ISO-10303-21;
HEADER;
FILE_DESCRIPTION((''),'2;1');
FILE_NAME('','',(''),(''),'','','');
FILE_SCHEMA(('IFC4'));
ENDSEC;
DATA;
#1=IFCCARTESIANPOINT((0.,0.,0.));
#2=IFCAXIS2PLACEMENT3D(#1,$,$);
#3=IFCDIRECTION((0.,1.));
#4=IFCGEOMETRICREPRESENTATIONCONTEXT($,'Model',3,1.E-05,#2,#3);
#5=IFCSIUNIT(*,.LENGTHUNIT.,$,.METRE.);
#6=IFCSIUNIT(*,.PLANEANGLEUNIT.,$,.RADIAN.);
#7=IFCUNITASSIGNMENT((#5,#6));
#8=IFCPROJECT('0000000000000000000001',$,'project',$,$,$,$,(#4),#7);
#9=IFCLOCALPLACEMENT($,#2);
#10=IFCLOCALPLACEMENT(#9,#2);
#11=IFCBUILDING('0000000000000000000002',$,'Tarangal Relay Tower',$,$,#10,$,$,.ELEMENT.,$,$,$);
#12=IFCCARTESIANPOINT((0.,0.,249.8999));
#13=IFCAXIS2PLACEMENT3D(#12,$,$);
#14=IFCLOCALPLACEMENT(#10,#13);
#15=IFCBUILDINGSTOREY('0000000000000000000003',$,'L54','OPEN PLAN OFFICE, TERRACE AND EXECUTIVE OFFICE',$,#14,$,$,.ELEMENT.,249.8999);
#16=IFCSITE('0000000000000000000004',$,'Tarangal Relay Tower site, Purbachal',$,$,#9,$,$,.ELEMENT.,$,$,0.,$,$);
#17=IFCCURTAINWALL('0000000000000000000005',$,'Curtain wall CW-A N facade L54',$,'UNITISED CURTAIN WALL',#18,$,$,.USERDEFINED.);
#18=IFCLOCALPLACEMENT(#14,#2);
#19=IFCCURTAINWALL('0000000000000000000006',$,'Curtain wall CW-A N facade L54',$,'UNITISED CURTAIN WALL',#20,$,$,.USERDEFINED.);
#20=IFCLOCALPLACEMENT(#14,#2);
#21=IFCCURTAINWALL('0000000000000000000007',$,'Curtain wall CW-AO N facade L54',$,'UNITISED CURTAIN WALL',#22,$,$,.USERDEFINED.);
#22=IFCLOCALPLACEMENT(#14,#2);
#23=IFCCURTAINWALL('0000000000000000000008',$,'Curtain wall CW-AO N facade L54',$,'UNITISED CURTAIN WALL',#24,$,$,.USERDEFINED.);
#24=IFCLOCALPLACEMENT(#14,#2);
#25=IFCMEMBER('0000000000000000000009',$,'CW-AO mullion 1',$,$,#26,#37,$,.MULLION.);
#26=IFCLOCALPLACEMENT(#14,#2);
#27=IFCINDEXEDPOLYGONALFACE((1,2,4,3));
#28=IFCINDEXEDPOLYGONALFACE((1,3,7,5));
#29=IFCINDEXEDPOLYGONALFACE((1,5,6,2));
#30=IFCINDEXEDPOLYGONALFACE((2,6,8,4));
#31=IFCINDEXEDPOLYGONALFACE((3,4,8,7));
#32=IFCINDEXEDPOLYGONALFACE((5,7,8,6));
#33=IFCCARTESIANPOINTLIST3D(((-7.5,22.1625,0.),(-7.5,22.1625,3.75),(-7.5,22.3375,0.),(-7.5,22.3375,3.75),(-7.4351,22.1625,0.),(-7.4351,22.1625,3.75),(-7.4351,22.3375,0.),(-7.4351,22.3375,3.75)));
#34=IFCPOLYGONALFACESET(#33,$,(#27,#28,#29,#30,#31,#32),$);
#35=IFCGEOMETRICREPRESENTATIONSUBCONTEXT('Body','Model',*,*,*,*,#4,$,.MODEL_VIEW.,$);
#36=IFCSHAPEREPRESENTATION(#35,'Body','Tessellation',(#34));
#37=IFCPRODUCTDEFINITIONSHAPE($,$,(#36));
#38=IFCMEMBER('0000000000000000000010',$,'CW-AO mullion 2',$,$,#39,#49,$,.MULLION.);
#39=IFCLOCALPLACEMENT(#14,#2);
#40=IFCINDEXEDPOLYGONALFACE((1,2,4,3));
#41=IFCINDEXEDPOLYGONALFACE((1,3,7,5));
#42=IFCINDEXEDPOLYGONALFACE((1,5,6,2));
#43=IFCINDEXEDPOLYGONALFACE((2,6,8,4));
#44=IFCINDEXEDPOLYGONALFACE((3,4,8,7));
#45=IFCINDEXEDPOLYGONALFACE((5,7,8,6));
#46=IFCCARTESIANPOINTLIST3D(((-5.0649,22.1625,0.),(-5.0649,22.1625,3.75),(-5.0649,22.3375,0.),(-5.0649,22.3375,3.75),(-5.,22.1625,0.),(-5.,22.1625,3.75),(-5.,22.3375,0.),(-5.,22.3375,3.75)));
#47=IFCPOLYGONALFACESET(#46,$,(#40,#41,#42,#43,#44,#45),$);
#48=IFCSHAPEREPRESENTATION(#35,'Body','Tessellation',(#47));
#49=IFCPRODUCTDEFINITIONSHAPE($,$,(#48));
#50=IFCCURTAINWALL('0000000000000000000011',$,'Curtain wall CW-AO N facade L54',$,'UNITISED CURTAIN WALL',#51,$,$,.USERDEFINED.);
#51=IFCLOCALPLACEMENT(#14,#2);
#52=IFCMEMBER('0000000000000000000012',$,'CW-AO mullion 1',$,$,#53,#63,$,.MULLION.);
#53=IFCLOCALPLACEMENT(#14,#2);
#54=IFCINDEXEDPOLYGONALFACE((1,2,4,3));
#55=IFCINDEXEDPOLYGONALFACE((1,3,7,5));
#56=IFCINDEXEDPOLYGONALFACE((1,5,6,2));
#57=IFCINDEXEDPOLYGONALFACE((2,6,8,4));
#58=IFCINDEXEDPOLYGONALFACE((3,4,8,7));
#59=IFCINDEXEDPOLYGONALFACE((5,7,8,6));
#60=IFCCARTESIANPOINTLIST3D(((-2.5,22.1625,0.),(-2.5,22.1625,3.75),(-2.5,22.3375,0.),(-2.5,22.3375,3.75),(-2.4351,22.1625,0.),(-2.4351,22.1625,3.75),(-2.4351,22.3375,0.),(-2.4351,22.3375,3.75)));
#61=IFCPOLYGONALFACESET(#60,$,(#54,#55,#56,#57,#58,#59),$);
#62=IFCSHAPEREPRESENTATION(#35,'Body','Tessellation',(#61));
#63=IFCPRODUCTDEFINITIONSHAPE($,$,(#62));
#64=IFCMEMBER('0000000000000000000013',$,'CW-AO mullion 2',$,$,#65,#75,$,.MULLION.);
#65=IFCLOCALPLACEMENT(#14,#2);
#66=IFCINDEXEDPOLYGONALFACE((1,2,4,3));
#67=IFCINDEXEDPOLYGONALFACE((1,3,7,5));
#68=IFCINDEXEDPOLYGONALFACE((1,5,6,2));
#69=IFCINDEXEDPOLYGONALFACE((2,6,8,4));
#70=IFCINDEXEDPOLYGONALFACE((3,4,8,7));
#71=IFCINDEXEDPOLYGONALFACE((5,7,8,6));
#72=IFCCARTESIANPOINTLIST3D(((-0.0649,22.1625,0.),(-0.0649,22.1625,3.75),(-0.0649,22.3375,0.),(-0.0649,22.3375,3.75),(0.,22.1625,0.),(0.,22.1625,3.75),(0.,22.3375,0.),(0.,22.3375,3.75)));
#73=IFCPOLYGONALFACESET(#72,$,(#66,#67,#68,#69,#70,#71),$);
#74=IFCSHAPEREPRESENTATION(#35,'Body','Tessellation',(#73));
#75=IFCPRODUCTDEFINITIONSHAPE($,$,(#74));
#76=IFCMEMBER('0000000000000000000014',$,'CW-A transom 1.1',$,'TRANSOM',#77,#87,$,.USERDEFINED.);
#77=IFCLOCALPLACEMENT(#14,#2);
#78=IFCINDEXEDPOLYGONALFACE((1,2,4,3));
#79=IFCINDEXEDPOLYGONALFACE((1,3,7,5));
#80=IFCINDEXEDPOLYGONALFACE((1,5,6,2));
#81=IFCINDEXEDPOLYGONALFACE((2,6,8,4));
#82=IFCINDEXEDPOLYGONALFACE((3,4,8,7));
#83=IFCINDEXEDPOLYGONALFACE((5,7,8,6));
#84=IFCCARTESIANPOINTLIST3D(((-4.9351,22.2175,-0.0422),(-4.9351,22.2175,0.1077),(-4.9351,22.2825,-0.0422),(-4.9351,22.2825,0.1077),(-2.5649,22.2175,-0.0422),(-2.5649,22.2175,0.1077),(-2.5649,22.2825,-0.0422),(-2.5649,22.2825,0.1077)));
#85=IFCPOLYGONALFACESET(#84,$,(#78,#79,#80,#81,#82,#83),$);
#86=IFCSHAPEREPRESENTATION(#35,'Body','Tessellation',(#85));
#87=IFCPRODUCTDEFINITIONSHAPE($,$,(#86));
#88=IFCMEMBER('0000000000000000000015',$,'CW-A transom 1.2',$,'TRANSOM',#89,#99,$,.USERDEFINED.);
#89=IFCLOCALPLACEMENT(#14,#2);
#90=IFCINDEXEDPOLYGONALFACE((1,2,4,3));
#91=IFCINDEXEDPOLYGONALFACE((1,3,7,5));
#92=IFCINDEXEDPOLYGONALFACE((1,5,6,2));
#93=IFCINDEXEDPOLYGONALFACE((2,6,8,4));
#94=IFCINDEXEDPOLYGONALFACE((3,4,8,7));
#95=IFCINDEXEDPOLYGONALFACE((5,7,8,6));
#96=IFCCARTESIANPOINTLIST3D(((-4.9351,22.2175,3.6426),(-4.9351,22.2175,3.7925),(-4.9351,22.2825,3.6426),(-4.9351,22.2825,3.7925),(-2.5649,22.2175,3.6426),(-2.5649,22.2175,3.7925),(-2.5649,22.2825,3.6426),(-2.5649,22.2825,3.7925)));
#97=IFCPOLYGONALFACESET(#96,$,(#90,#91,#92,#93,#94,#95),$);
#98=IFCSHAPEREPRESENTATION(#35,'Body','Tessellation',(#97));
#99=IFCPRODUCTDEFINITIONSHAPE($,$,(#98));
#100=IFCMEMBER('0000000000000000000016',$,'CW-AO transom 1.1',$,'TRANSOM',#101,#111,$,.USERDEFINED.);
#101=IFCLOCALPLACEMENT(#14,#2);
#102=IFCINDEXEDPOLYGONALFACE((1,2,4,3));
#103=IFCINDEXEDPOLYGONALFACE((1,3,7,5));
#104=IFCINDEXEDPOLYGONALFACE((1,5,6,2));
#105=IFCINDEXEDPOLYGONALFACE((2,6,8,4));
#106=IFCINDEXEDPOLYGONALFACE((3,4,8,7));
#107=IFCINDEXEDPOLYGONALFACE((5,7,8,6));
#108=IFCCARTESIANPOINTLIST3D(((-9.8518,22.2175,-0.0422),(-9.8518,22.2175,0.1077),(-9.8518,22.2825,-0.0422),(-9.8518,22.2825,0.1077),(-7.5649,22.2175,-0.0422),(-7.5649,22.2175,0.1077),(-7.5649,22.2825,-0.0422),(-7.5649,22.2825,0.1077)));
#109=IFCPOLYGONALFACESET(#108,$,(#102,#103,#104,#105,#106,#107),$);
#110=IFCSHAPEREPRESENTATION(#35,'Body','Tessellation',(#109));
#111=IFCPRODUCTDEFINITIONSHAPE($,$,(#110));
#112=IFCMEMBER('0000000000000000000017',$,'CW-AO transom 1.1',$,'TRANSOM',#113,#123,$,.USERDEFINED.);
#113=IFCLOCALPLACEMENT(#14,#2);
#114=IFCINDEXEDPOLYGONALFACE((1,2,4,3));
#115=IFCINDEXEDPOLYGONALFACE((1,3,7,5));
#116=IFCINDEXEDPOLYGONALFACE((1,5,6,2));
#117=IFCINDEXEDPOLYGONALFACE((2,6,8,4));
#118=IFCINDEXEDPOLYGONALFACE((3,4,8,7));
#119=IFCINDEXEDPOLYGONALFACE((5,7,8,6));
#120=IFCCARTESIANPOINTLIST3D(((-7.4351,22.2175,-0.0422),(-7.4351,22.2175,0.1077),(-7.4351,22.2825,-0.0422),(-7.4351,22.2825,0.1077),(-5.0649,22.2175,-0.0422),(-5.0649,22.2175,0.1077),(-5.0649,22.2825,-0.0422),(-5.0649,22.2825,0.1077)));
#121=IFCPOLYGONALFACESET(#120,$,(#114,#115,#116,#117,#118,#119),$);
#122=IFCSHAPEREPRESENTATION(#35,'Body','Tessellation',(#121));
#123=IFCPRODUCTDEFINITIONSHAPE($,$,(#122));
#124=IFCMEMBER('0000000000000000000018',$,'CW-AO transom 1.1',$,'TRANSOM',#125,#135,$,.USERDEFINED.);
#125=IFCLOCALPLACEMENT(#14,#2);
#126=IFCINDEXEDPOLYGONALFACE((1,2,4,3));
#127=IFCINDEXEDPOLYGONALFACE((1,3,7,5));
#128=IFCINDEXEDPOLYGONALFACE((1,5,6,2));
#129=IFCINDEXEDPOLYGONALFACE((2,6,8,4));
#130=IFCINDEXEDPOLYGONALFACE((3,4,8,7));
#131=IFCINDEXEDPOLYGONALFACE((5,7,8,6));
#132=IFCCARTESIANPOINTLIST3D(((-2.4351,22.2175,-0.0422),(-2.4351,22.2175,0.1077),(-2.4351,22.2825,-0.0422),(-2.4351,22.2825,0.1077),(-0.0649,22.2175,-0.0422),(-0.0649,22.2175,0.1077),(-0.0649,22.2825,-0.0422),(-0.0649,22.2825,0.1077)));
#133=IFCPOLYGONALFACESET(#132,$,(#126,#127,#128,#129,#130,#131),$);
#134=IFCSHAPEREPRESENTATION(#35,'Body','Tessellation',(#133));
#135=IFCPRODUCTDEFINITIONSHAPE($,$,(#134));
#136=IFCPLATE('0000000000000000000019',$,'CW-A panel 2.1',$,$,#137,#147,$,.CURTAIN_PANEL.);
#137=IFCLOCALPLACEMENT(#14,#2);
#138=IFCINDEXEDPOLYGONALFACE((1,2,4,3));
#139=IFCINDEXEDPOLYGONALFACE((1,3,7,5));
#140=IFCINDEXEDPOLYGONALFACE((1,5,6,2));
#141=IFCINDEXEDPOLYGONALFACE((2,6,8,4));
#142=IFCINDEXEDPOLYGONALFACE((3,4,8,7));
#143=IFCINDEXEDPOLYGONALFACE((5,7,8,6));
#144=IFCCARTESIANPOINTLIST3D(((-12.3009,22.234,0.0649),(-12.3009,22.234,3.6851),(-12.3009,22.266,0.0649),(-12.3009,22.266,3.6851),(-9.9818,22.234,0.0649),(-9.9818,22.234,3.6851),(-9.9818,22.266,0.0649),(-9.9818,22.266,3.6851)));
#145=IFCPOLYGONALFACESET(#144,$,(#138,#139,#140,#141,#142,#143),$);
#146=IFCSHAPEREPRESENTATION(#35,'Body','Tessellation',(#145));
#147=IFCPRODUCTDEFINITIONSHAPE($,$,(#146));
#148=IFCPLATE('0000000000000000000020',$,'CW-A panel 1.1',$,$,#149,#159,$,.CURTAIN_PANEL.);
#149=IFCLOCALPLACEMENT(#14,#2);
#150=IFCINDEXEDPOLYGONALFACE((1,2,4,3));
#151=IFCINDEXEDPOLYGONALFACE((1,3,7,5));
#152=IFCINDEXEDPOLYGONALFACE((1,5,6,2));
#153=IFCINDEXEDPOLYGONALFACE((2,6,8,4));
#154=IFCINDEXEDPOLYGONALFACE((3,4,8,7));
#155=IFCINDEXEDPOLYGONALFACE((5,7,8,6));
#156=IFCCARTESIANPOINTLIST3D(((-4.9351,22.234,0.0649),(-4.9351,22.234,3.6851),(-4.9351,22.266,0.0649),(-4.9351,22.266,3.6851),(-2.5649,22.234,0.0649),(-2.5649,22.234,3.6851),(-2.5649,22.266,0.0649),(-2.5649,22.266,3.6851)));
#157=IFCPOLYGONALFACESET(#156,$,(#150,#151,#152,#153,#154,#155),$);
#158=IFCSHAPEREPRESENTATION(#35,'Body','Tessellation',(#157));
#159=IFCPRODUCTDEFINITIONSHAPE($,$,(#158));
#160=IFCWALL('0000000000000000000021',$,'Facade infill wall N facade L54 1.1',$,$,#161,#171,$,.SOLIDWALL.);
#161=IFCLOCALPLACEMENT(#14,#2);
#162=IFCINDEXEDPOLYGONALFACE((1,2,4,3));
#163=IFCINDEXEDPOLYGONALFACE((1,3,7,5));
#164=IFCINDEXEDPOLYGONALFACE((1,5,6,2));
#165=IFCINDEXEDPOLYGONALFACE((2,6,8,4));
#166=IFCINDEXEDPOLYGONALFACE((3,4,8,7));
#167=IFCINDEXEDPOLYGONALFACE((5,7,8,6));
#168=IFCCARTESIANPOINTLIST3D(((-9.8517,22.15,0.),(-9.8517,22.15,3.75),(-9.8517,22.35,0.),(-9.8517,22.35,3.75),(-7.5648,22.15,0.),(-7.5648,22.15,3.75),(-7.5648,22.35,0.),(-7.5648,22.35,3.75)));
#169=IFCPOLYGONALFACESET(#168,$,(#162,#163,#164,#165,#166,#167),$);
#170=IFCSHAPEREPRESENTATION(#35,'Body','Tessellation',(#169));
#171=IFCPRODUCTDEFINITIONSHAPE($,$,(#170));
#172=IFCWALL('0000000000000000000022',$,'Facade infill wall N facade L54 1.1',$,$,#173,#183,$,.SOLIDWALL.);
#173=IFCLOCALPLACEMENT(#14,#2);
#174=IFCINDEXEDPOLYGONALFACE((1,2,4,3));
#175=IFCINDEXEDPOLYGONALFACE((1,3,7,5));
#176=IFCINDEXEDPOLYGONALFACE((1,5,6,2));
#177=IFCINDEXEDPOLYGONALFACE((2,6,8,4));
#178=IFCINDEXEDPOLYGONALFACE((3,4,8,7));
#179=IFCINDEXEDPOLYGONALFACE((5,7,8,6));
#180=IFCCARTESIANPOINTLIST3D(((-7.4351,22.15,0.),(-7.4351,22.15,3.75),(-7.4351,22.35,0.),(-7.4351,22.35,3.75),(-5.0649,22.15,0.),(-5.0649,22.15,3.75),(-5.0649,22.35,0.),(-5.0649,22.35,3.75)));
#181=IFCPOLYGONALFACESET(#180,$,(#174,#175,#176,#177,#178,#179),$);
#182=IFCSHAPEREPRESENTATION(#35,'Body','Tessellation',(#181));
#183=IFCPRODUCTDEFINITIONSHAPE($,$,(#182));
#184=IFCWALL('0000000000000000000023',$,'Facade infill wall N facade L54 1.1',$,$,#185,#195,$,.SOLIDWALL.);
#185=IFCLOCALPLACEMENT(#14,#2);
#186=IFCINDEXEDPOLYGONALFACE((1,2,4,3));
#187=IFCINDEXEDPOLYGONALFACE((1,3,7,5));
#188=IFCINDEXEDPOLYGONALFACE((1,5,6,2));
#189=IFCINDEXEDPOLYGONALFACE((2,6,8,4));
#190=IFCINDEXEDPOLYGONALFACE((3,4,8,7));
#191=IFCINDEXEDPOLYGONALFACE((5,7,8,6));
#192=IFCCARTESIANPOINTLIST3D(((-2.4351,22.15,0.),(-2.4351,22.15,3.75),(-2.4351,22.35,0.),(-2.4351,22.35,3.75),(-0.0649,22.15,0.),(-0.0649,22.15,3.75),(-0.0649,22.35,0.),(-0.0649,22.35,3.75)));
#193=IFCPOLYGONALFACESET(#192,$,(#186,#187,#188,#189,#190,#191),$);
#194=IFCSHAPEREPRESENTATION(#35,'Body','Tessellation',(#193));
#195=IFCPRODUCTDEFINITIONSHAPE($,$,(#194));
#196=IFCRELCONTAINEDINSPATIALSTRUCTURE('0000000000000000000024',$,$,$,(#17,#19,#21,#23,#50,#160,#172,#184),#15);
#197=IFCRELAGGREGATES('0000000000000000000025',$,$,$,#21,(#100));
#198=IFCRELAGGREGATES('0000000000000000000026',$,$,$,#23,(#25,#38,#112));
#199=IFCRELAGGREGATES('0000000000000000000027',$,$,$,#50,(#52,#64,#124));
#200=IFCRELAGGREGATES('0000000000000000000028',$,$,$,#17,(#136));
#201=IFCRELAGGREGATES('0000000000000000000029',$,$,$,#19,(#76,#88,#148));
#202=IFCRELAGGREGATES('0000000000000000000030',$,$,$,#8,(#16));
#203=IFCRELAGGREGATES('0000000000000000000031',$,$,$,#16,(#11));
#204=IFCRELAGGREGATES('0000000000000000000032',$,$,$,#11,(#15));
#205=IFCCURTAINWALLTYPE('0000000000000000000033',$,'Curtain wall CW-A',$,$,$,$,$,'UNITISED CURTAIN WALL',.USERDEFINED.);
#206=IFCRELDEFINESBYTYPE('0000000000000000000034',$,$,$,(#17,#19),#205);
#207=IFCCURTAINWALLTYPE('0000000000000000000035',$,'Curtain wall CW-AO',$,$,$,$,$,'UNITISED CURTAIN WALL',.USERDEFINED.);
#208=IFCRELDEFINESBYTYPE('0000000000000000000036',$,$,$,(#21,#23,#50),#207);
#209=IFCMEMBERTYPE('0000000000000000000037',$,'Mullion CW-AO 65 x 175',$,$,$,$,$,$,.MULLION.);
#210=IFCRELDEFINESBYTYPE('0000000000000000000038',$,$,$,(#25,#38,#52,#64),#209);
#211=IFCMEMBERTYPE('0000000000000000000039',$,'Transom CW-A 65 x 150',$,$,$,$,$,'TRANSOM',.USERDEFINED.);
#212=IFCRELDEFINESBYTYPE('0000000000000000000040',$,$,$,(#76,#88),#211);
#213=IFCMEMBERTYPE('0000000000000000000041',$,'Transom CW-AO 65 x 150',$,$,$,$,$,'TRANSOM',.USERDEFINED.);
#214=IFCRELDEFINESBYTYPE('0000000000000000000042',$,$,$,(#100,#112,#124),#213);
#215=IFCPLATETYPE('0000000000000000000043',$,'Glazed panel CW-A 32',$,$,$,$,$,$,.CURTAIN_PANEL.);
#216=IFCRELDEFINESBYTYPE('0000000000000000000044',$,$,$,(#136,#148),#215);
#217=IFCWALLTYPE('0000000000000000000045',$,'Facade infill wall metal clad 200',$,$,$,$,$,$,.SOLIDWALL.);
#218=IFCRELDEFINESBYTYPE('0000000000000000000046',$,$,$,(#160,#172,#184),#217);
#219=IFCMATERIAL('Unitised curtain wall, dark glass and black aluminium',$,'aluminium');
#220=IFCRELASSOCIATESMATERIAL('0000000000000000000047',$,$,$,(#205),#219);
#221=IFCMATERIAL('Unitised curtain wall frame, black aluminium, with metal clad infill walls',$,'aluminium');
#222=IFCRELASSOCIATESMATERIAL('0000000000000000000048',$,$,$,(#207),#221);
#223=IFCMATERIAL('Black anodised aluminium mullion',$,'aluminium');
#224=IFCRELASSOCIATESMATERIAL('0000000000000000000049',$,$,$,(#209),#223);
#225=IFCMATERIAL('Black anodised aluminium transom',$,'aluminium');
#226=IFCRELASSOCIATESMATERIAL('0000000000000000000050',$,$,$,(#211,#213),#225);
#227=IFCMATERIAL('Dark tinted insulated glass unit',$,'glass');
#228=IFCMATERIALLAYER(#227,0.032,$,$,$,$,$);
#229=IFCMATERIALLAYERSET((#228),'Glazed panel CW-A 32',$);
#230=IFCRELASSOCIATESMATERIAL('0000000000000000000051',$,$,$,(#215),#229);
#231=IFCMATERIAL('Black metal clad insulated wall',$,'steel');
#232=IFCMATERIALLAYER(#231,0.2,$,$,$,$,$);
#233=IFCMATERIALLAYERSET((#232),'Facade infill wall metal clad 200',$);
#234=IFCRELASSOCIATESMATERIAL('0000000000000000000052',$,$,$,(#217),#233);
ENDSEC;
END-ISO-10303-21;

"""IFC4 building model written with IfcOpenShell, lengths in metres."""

from ifc_helpers import new_model, si_unit, direction, frame, frame_2d, origin, origin_2d, place, context, subcontext, project, spatial, rectangle, extrude, material, layer, layer_set, material_profile, profile_set, type_object, element, aggregate, save


model = new_model("IFC4")

# Units and contexts
model_context = context("Model", 3, precision=1e-05, world=origin(), true_north=direction((0.0, 1.0)))
body_context = subcontext(model_context, "Body", "Model", "MODEL_VIEW")
ifc_project = project(units=[si_unit("LENGTHUNIT", "METRE"), si_unit("PLANEANGLEUNIT", "RADIAN")], contexts=[model_context])

# Site, building, storey
site_placement = place(None, origin())
site = spatial("IfcSite", under=ifc_project, at=site_placement, Name="Tarangal Relay Tower site, Purbachal", CompositionType="ELEMENT", RefElevation=0.0)
building_placement = place(site_placement, origin())
building = spatial("IfcBuilding", under=site, at=building_placement, Name="Tarangal Relay Tower", CompositionType="ELEMENT")
storey_placement = place(building_placement, frame((0.0, 0.0, 249.8999)))
storey = spatial("IfcBuildingStorey", under=building, at=storey_placement, Name="L54", Description="OPEN PLAN OFFICE, TERRACE AND EXECUTIVE OFFICE", CompositionType="ELEMENT", Elevation=249.8999)

# Curtain wall
ifc_material_1 = material(Name="Unitised curtain wall, dark glass and black aluminium", Category="aluminium")
curtain_wall_type_1 = type_object("IfcCurtainWallType", Name="Curtain wall CW-A", ElementType="UNITISED CURTAIN WALL", PredefinedType="USERDEFINED", material=ifc_material_1)
curtain_wall_1_placement = place(storey_placement, origin())
curtain_wall_1 = element("IfcCurtainWall", 1, at=curtain_wall_1_placement, inside=storey, type_object=curtain_wall_type_1, Name="Curtain wall CW-A N facade L54", ObjectType="UNITISED CURTAIN WALL", PredefinedType="USERDEFINED")
ifc_material_2 = material(Name="Black anodised aluminium mullion", Category="aluminium")

# Curtain walls, members
curtain_wall_2_placement = place(storey_placement, origin())
curtain_wall_2 = element("IfcCurtainWall", 2, at=curtain_wall_2_placement, inside=storey, type_object=curtain_wall_type_1, Name="Curtain wall CW-A N facade L54", ObjectType="UNITISED CURTAIN WALL", PredefinedType="USERDEFINED")
ifc_material_3 = material(Name="Unitised curtain wall frame, black aluminium, with metal clad infill walls", Category="aluminium")
curtain_wall_type_2 = type_object("IfcCurtainWallType", Name="Curtain wall CW-AO", ElementType="UNITISED CURTAIN WALL", PredefinedType="USERDEFINED", material=ifc_material_3)
curtain_wall_3_placement = place(storey_placement, origin())
curtain_wall_3 = element("IfcCurtainWall", 3, at=curtain_wall_3_placement, inside=storey, type_object=curtain_wall_type_2, Name="Curtain wall CW-AO N facade L54", ObjectType="UNITISED CURTAIN WALL", PredefinedType="USERDEFINED")
ifc_material_profile_1 = material_profile(ifc_material_2, rectangle(XDim=0.175, YDim=0.0649, at=origin_2d()), Name="CW-AOM 65X175")
ifc_profile_set_1 = profile_set([ifc_material_profile_1], Name="Black anodised aluminium mullion")
member_type_1 = type_object("IfcMemberType", Name="Mullion CW-AO 65 x 175", PredefinedType="MULLION", material=ifc_profile_set_1)
curtain_wall_4_placement = place(storey_placement, origin())
curtain_wall_4 = element("IfcCurtainWall", 4, at=curtain_wall_4_placement, inside=storey, type_object=curtain_wall_type_2, Name="Curtain wall CW-AO N facade L54", ObjectType="UNITISED CURTAIN WALL", PredefinedType="USERDEFINED")
member_1_placement = place(storey_placement, frame((-7.4675, 22.25, 0.0), z_axis=(0.0, 0.0, 1.0), x_axis=(0.0, 1.0, 0.0)))
member_1 = element("IfcMember", 5, at=member_1_placement, type_object=member_type_1, Name="CW-AO mullion 1", PredefinedType="MULLION", context=body_context, shape_type="SweptSolid", body=[
    extrude(rectangle(XDim=0.175, YDim=0.0649, at=origin_2d()), origin(), (0.0, 0.0, 1.0), 3.75),
])
member_2_placement = place(storey_placement, frame((-5.0325, 22.25, 0.0), z_axis=(0.0, 0.0, 1.0), x_axis=(0.0, 1.0, 0.0)))
member_2 = element("IfcMember", 6, at=member_2_placement, type_object=member_type_1, Name="CW-AO mullion 2", PredefinedType="MULLION", context=body_context, shape_type="SweptSolid", body=[
    extrude(rectangle(XDim=0.175, YDim=0.0649, at=origin_2d()), origin(), (0.0, 0.0, 1.0), 3.75),
])
curtain_wall_5_placement = place(storey_placement, origin())
curtain_wall_5 = element("IfcCurtainWall", 7, at=curtain_wall_5_placement, inside=storey, type_object=curtain_wall_type_2, Name="Curtain wall CW-AO N facade L54", ObjectType="UNITISED CURTAIN WALL", PredefinedType="USERDEFINED")
member_3_placement = place(storey_placement, frame((-2.4675, 22.25, 0.0), z_axis=(0.0, 0.0, 1.0), x_axis=(0.0, 1.0, 0.0)))
member_3 = element("IfcMember", 8, at=member_3_placement, type_object=member_type_1, Name="CW-AO mullion 1", PredefinedType="MULLION", context=body_context, shape_type="SweptSolid", body=[
    extrude(rectangle(XDim=0.175, YDim=0.0649, at=origin_2d()), origin(), (0.0, 0.0, 1.0), 3.75),
])
member_4_placement = place(storey_placement, frame((-0.0325, 22.25, 0.0), z_axis=(0.0, 0.0, 1.0), x_axis=(0.0, 1.0, 0.0)))
member_4 = element("IfcMember", 9, at=member_4_placement, type_object=member_type_1, Name="CW-AO mullion 2", PredefinedType="MULLION", context=body_context, shape_type="SweptSolid", body=[
    extrude(rectangle(XDim=0.175, YDim=0.0649, at=origin_2d()), origin(), (0.0, 0.0, 1.0), 3.75),
])

# Members
ifc_material_4 = material(Name="Black anodised aluminium transom", Category="aluminium")
ifc_material_profile_2 = material_profile(ifc_material_4, rectangle(XDim=0.0649, YDim=0.1499, at=origin_2d()), Name="CW-AT 65X150")
ifc_profile_set_2 = profile_set([ifc_material_profile_2], Name="Black anodised aluminium transom")
member_type_2 = type_object("IfcMemberType", Name="Transom CW-A 65 x 150", ElementType="TRANSOM", PredefinedType="USERDEFINED", material=ifc_profile_set_2)
member_5_placement = place(storey_placement, frame((-4.9351, 22.25, 0.0327), z_axis=(1.0, 0.0, 0.0), x_axis=(0.0, 1.0, 0.0)))
member_5 = element("IfcMember", 10, at=member_5_placement, type_object=member_type_2, Name="CW-A transom 1.1", ObjectType="TRANSOM", PredefinedType="USERDEFINED", context=body_context, shape_type="SweptSolid", body=[
    extrude(rectangle(XDim=0.0649, YDim=0.1499, at=origin_2d()), origin(), (0.0, 0.0, 1.0), 2.3701),
])
member_6_placement = place(storey_placement, frame((-4.9351, 22.25, 3.7175), z_axis=(1.0, 0.0, 0.0), x_axis=(0.0, 1.0, 0.0)))
member_6 = element("IfcMember", 11, at=member_6_placement, type_object=member_type_2, Name="CW-A transom 1.2", ObjectType="TRANSOM", PredefinedType="USERDEFINED", context=body_context, shape_type="SweptSolid", body=[
    extrude(rectangle(XDim=0.0649, YDim=0.1499, at=origin_2d()), origin(), (0.0, 0.0, 1.0), 2.3701),
])
ifc_material_profile_3 = material_profile(ifc_material_4, rectangle(XDim=0.0649, YDim=0.1499, at=origin_2d()), Name="CW-AOT 65X150")
ifc_profile_set_3 = profile_set([ifc_material_profile_3], Name="Black anodised aluminium transom")
member_type_3 = type_object("IfcMemberType", Name="Transom CW-AO 65 x 150", ElementType="TRANSOM", PredefinedType="USERDEFINED", material=ifc_profile_set_3)
member_7_placement = place(storey_placement, frame((-9.8518, 22.25, 0.0327), z_axis=(1.0, 0.0, 0.0), x_axis=(0.0, 1.0, 0.0)))
member_7 = element("IfcMember", 12, at=member_7_placement, type_object=member_type_3, Name="CW-AO transom 1.1", ObjectType="TRANSOM", PredefinedType="USERDEFINED", context=body_context, shape_type="SweptSolid", body=[
    extrude(rectangle(XDim=0.0649, YDim=0.1499, at=origin_2d()), origin(), (0.0, 0.0, 1.0), 2.2869),
])
aggregate(curtain_wall_3, [member_7])
member_8_placement = place(storey_placement, frame((-7.4351, 22.25, 0.0327), z_axis=(1.0, 0.0, 0.0), x_axis=(0.0, 1.0, 0.0)))
member_8 = element("IfcMember", 13, at=member_8_placement, type_object=member_type_3, Name="CW-AO transom 1.1", ObjectType="TRANSOM", PredefinedType="USERDEFINED", context=body_context, shape_type="SweptSolid", body=[
    extrude(rectangle(XDim=0.0649, YDim=0.1499, at=origin_2d()), origin(), (0.0, 0.0, 1.0), 2.3701),
])
aggregate(curtain_wall_4, [member_1, member_2, member_8])
member_9_placement = place(storey_placement, frame((-2.4351, 22.25, 0.0327), z_axis=(1.0, 0.0, 0.0), x_axis=(0.0, 1.0, 0.0)))
member_9 = element("IfcMember", 14, at=member_9_placement, type_object=member_type_3, Name="CW-AO transom 1.1", ObjectType="TRANSOM", PredefinedType="USERDEFINED", context=body_context, shape_type="SweptSolid", body=[
    extrude(rectangle(XDim=0.0649, YDim=0.1499, at=origin_2d()), origin(), (0.0, 0.0, 1.0), 2.3701),
])
aggregate(curtain_wall_5, [member_3, member_4, member_9])

# Plates
ifc_material_5 = material(Name="Dark tinted insulated glass unit", Category="glass")
ifc_layer_1 = layer(ifc_material_5, 0.032)
ifc_layer_set_1 = layer_set([ifc_layer_1], Name="Glazed panel CW-A 32")
plate_type = type_object("IfcPlateType", Name="Glazed panel CW-A 32", PredefinedType="CURTAIN_PANEL", material=ifc_layer_set_1)
plate_1_placement = place(storey_placement, frame((-11.1414, 22.25, 0.0649), z_axis=(0.0, 0.0, 1.0), x_axis=(1.0, 0.0, 0.0)))
plate_1 = element("IfcPlate", 15, at=plate_1_placement, type_object=plate_type, Name="CW-A panel 2.1", PredefinedType="CURTAIN_PANEL", context=body_context, shape_type="SweptSolid", body=[
    extrude(rectangle(XDim=2.3191, YDim=0.032, at=origin_2d()), origin(), (0.0, 0.0, 1.0), 3.6201),
])
aggregate(curtain_wall_1, [plate_1])
plate_2_placement = place(storey_placement, frame((-3.75, 22.25, 0.0649), z_axis=(0.0, 0.0, 1.0), x_axis=(1.0, 0.0, 0.0)))
plate_2 = element("IfcPlate", 16, at=plate_2_placement, type_object=plate_type, Name="CW-A panel 1.1", PredefinedType="CURTAIN_PANEL", context=body_context, shape_type="SweptSolid", body=[
    extrude(rectangle(XDim=2.3701, YDim=0.032, at=origin_2d()), origin(), (0.0, 0.0, 1.0), 3.6201),
])
aggregate(curtain_wall_2, [member_5, member_6, plate_2])

# Walls
ifc_material_6 = material(Name="Black metal clad insulated wall", Category="steel")
ifc_layer_2 = layer(ifc_material_6, 0.2)
ifc_layer_set_2 = layer_set([ifc_layer_2], Name="Facade infill wall metal clad 200")
wall_type_1 = type_object("IfcWallType", Name="Facade infill wall metal clad 200", PredefinedType="SOLIDWALL", material=ifc_layer_set_2)
wall_1_placement = place(storey_placement, frame((-9.8518, 22.25, 0.0), z_axis=(0.0, 0.0, 1.0), x_axis=(1.0, 0.0, 0.0)))
element("IfcWall", 17, at=wall_1_placement, inside=storey, type_object=wall_type_1, Name="Facade infill wall N facade L54 1.1", PredefinedType="SOLIDWALL", context=body_context, shape_type="SweptSolid", body=[
    extrude(rectangle(XDim=2.2869, YDim=0.2, at=frame_2d((1.1436, 0.0))), origin(), (0.0, 0.0, 1.0), 3.75),
])
for number, where, z_axis, x_axis, name in (
    (18, (-7.4351, 22.25, 0.0), (0.0, 0.0, 1.0), (1.0, 0.0, 0.0), "Facade infill wall N facade L54 1.1"),
    (19, (-2.4351, 22.25, 0.0), (0.0, 0.0, 1.0), (1.0, 0.0, 0.0), "Facade infill wall N facade L54 1.1"),
):
    element("IfcWall", number, at=place(storey_placement, frame(where, z_axis=z_axis, x_axis=x_axis)), inside=storey, type_object=wall_type_1, Name=name, PredefinedType="SOLIDWALL", context=body_context, shape_type="SweptSolid", body=[
        extrude(rectangle(XDim=2.3701, YDim=0.2, at=frame_2d((1.1851, 0.0))), origin(), (0.0, 0.0, 1.0), 3.75),
    ])

save(model, "model.ifc")
